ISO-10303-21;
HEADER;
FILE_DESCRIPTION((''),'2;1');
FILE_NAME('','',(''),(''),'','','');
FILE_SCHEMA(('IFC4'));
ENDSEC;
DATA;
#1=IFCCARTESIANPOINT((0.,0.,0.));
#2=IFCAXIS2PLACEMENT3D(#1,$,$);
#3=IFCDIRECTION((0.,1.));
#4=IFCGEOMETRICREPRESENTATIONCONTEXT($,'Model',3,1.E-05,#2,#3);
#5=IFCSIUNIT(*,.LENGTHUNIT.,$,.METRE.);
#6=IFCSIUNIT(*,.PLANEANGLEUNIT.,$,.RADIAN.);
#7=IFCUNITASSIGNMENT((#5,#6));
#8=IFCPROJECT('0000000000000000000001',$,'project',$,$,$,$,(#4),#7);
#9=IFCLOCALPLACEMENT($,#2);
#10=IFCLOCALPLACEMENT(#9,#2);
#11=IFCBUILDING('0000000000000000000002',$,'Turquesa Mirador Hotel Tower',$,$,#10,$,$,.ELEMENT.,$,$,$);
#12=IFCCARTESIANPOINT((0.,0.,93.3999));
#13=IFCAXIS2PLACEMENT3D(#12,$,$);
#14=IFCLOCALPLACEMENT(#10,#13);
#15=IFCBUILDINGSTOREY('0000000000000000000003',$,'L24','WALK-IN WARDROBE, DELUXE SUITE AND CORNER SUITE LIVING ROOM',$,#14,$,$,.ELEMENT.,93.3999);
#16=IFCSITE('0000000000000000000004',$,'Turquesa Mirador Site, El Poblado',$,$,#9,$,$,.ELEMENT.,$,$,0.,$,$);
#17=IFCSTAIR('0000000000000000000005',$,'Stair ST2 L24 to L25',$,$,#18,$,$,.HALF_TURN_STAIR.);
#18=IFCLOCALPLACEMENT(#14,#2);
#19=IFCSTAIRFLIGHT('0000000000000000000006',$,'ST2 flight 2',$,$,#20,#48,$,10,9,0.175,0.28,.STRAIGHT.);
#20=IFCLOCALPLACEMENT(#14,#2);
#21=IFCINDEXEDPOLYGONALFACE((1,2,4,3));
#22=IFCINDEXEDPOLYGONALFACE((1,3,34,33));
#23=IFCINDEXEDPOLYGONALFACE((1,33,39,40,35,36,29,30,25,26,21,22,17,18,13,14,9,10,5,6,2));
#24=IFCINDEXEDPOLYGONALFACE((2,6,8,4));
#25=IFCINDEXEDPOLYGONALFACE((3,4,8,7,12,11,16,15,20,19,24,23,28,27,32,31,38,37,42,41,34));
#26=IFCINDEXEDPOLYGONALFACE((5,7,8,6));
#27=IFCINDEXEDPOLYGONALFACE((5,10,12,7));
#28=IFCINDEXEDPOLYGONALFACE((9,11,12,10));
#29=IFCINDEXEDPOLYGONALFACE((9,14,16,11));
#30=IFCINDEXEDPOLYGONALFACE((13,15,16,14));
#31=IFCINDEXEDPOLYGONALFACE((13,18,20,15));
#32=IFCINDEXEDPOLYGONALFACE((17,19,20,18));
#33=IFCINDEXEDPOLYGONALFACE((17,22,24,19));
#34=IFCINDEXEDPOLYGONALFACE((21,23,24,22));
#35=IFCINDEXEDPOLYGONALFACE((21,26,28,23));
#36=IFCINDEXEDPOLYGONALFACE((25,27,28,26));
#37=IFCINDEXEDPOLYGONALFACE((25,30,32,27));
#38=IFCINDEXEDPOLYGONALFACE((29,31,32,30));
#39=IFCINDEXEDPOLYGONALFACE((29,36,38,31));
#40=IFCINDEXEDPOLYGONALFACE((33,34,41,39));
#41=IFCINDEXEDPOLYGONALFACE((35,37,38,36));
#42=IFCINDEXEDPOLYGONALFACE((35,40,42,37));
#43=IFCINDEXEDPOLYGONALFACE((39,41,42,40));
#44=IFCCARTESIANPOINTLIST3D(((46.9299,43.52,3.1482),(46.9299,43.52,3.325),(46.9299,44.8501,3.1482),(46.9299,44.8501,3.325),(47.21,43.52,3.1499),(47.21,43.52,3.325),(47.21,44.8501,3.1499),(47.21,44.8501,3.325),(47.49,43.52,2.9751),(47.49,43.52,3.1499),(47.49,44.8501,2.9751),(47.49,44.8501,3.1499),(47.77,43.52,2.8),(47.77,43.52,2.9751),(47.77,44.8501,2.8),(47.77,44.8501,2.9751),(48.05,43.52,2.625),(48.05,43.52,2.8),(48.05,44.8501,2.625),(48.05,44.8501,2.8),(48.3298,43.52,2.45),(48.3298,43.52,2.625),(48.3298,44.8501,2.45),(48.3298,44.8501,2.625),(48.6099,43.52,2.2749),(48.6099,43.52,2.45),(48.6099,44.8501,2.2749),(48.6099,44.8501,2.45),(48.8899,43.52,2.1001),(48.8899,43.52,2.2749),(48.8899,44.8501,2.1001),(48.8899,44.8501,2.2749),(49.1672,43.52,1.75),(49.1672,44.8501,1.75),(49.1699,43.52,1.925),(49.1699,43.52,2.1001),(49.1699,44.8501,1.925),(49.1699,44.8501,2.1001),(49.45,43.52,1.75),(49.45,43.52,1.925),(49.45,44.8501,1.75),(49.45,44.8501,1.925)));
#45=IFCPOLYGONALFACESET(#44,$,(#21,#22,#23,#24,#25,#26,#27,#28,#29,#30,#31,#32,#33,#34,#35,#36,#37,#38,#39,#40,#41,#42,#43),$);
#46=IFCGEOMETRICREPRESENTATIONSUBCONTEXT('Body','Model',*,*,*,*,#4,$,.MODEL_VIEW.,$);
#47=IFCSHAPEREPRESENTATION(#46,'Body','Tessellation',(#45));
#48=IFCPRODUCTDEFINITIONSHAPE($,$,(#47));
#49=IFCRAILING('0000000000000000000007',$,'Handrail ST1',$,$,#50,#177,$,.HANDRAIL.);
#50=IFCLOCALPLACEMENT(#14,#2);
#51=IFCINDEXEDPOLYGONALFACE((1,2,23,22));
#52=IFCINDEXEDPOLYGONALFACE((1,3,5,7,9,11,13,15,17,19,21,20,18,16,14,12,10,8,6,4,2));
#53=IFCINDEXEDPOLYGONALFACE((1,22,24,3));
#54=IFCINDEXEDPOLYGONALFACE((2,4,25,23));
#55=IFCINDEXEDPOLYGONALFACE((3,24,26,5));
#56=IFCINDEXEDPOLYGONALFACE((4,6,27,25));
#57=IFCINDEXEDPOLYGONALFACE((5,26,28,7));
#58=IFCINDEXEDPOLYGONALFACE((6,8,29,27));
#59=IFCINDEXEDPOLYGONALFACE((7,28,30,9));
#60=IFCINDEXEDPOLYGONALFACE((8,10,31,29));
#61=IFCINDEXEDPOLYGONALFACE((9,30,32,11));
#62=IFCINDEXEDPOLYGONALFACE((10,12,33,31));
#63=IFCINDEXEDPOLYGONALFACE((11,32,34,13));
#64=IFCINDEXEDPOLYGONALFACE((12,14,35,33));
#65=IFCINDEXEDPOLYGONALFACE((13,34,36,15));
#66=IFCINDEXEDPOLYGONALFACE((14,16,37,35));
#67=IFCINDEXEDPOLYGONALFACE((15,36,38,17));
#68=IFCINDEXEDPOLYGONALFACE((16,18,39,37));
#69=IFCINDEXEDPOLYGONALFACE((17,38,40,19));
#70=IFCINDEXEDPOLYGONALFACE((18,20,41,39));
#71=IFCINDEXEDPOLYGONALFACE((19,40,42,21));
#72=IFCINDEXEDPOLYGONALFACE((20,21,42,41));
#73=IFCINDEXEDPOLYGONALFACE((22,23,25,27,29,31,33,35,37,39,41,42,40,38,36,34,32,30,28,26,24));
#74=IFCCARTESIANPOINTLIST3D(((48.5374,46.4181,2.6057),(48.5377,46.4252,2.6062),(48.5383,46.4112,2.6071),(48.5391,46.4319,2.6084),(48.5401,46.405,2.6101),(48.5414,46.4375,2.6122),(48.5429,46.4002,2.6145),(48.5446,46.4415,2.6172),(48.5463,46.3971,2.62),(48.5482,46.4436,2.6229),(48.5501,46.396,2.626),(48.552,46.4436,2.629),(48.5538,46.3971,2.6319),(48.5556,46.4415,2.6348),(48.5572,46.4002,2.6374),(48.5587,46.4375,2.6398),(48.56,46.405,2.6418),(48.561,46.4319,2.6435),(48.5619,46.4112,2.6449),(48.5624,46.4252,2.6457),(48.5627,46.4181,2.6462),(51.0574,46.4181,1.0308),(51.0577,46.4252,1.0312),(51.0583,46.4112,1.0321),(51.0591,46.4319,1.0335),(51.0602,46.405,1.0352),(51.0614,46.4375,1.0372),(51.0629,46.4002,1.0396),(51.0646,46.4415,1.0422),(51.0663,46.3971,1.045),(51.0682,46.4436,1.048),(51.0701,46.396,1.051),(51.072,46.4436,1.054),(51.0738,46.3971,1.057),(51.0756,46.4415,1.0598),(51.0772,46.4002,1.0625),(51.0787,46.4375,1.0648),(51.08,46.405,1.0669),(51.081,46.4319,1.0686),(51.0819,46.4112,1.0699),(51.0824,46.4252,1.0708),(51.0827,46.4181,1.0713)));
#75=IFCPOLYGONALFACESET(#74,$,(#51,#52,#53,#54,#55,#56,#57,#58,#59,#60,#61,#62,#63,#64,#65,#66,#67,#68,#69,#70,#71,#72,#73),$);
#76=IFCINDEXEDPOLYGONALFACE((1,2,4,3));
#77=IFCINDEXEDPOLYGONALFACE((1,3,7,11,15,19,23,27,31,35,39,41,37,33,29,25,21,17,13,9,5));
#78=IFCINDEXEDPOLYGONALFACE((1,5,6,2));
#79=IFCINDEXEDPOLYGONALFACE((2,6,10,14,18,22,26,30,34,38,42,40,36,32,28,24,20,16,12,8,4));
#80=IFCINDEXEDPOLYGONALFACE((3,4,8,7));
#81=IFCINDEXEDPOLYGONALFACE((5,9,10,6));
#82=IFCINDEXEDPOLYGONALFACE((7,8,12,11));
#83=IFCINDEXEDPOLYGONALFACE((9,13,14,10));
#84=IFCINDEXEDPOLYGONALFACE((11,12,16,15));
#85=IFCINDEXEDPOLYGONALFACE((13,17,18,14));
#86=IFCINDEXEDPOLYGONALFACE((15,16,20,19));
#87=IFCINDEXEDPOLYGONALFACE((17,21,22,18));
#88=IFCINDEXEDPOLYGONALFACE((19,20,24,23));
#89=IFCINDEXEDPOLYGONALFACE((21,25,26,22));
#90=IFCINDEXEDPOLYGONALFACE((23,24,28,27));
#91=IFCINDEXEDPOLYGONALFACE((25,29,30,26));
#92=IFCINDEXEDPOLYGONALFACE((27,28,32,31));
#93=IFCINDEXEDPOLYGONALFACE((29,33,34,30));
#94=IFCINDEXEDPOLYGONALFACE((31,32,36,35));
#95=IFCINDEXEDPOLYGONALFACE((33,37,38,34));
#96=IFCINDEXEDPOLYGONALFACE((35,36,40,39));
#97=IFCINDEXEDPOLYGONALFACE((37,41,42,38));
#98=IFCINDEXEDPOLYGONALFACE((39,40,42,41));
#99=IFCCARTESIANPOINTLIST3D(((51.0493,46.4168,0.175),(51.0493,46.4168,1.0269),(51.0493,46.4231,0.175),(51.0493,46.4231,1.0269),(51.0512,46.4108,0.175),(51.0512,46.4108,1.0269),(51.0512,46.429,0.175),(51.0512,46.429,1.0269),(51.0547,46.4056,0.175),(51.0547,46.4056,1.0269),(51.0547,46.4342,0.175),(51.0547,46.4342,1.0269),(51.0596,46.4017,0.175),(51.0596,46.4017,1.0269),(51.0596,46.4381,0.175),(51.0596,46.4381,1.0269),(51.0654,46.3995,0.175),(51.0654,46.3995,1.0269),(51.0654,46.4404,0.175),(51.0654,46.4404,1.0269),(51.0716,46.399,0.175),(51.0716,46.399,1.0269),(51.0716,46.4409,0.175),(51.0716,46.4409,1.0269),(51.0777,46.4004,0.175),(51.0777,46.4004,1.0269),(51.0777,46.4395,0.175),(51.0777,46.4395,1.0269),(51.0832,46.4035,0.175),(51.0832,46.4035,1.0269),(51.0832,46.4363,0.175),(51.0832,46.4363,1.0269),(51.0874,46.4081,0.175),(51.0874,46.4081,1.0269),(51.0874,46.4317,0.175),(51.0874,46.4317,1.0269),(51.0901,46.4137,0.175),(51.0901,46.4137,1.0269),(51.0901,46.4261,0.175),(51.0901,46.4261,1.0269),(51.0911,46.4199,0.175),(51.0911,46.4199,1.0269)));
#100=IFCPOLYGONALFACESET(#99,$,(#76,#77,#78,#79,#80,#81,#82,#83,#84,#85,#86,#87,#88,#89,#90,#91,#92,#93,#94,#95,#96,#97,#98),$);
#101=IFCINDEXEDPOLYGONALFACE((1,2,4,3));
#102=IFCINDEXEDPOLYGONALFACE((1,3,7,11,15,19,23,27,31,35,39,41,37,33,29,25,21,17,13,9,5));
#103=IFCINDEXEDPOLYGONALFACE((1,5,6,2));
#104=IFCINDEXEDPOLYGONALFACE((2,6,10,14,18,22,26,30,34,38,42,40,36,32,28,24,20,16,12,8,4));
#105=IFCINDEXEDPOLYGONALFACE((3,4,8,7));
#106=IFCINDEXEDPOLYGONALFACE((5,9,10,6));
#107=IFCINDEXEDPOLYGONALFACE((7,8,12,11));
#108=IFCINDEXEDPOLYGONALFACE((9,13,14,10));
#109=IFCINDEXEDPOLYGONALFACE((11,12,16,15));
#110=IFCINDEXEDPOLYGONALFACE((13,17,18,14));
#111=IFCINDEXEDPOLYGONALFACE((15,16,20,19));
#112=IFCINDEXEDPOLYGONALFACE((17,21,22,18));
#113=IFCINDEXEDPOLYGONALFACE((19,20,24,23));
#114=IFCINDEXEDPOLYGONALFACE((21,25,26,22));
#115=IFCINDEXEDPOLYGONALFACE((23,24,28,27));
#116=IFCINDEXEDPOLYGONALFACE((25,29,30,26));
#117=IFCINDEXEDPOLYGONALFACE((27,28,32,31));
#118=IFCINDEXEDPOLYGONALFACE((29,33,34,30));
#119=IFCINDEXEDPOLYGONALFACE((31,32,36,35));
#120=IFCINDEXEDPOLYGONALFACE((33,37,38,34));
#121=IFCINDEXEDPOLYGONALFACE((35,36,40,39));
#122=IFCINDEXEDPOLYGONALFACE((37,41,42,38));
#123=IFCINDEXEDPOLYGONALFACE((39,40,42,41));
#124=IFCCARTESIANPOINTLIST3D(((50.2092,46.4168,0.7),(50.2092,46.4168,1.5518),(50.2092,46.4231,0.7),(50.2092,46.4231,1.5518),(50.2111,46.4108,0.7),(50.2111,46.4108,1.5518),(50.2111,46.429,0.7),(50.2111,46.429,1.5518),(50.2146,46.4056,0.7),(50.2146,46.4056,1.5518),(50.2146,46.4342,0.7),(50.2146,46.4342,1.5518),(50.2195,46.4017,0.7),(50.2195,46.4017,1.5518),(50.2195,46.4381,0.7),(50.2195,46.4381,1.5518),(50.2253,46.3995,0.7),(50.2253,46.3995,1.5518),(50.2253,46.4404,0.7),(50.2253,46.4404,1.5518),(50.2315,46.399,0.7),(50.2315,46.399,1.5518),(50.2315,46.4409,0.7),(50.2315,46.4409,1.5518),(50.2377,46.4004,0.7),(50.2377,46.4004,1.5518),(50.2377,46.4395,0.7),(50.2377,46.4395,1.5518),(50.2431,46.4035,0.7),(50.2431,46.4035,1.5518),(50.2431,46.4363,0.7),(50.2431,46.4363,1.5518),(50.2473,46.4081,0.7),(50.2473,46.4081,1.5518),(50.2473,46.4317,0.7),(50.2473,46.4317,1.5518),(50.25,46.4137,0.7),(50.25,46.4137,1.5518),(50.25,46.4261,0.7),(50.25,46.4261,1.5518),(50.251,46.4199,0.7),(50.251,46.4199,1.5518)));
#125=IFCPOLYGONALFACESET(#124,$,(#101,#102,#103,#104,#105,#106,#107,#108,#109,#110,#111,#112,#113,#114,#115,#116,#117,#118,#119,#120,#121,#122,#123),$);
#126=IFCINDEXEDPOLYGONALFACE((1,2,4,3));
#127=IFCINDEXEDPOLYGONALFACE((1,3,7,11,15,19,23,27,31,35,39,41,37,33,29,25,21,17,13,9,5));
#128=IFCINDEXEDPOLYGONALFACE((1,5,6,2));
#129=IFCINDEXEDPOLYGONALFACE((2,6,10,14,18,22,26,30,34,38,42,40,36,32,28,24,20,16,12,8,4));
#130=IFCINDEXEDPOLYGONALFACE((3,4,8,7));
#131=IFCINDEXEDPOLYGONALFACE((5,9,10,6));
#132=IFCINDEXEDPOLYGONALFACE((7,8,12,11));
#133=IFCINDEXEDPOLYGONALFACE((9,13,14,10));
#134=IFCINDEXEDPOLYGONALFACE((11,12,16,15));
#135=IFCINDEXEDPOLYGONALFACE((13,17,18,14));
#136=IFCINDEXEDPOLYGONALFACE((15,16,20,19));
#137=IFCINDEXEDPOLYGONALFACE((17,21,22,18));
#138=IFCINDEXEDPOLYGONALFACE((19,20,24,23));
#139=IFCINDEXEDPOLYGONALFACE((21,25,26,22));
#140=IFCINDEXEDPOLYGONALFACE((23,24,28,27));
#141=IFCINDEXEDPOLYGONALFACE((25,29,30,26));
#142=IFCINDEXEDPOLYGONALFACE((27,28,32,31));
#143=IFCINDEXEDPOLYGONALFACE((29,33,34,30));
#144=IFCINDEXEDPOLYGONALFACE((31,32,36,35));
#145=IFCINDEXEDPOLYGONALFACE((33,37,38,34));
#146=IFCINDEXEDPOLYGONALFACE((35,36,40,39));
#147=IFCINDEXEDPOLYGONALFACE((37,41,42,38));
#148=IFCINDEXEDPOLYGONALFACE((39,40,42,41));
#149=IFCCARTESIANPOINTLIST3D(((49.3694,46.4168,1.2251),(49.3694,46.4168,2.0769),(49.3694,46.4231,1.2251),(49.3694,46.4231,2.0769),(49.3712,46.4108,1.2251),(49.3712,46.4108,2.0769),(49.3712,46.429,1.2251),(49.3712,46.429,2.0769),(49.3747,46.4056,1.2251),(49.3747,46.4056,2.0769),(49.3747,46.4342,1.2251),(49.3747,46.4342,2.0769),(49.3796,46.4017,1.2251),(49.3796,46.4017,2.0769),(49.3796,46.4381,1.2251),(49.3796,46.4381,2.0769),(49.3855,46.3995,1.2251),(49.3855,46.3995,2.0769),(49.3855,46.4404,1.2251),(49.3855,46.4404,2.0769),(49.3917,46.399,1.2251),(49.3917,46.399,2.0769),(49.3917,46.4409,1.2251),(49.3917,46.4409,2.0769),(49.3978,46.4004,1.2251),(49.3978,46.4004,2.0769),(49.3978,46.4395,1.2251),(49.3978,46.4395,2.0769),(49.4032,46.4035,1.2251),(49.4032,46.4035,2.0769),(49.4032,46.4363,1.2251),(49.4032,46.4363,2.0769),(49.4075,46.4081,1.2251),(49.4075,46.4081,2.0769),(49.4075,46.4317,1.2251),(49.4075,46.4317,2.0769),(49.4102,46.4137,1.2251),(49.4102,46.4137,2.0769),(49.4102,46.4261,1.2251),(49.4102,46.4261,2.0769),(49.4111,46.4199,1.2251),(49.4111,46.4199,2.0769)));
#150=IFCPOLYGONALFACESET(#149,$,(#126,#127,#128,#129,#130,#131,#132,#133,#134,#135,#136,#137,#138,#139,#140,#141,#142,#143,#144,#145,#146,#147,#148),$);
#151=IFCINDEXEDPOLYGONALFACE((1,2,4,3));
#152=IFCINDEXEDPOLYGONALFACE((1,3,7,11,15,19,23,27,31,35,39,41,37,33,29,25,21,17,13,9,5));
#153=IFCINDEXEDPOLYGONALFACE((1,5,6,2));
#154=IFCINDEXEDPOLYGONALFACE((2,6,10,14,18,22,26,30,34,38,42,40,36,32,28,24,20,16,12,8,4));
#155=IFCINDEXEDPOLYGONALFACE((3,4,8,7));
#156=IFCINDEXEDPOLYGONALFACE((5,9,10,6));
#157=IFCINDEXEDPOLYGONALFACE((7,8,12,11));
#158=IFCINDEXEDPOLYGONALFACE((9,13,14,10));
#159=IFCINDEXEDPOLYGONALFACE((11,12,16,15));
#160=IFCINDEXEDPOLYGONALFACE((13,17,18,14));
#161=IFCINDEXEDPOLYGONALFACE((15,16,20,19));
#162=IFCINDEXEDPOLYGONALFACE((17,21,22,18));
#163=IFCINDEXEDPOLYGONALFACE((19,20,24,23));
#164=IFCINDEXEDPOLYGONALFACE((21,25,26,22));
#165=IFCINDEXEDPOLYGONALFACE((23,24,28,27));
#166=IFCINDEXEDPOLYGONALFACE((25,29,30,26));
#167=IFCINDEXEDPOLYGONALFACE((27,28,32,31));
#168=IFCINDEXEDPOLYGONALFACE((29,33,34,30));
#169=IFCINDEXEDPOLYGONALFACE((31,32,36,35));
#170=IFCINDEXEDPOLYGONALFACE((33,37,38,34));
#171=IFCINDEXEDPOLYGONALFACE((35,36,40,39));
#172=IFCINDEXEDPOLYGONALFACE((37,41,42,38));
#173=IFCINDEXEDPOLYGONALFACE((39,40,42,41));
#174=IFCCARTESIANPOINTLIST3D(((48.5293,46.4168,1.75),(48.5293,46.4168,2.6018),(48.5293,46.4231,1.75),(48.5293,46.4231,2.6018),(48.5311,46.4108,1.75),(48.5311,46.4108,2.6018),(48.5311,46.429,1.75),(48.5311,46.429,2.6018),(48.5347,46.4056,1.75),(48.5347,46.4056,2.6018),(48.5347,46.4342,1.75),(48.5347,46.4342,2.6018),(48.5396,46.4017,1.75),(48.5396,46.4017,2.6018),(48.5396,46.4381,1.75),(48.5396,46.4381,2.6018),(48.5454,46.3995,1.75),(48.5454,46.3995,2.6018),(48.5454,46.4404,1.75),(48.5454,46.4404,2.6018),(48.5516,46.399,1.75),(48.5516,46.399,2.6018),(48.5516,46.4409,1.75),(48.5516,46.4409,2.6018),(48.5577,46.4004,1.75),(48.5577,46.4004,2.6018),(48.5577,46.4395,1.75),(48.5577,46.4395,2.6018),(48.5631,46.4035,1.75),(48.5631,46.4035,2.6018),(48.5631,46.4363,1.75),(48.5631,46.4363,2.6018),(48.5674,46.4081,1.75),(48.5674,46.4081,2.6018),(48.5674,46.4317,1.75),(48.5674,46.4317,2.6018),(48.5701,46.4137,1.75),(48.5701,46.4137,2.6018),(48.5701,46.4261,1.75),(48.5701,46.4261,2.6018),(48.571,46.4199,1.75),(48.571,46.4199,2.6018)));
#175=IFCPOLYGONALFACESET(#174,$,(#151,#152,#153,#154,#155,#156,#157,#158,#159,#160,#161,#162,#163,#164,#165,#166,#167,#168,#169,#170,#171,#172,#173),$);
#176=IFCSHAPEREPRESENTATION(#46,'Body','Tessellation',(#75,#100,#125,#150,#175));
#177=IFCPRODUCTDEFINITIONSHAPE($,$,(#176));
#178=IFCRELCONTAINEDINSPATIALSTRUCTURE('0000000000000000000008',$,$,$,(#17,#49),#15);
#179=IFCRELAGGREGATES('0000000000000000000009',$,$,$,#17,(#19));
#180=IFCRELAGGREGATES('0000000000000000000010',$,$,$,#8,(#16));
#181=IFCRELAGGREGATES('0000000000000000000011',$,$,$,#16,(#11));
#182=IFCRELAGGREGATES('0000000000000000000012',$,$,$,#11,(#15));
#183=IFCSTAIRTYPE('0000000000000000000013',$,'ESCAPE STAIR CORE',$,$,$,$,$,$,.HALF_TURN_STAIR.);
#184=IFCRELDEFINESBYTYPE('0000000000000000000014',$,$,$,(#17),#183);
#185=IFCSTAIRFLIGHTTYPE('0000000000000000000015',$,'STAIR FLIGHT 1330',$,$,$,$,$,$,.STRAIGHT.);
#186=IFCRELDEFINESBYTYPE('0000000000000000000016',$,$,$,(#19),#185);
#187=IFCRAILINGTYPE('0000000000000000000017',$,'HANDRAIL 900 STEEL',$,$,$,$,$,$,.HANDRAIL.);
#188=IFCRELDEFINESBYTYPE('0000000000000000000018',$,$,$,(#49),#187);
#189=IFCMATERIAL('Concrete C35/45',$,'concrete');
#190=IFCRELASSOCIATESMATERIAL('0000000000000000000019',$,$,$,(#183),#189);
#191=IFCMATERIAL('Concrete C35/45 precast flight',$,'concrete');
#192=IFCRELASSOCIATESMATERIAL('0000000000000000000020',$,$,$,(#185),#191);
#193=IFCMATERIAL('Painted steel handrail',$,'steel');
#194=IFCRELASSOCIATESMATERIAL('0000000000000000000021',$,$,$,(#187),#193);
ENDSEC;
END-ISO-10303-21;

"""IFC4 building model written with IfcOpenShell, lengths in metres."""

from ifc_helpers import new_model, si_unit, direction, frame, origin, origin_2d, place, context, subcontext, project, spatial, polyline, circle, outline, extrude, material, type_object, element, aggregate, save


model = new_model("IFC4")

# Units and contexts
model_context = context("Model", 3, precision=1e-05, world=origin(), true_north=direction((0.0, 1.0)))
body_context = subcontext(model_context, "Body", "Model", "MODEL_VIEW")
ifc_project = project(units=[si_unit("LENGTHUNIT", "METRE"), si_unit("PLANEANGLEUNIT", "RADIAN")], contexts=[model_context])

# Site, building, storey
site_placement = place(None, origin())
site = spatial("IfcSite", under=ifc_project, at=site_placement, Name="Turquesa Mirador Site, El Poblado", CompositionType="ELEMENT", RefElevation=0.0)
building_placement = place(site_placement, origin())
building = spatial("IfcBuilding", under=site, at=building_placement, Name="Turquesa Mirador Hotel Tower", CompositionType="ELEMENT")
storey_placement = place(building_placement, frame((0.0, 0.0, 93.3999)))
storey = spatial("IfcBuildingStorey", under=building, at=storey_placement, Name="L24", Description="WALK-IN WARDROBE, DELUXE SUITE AND CORNER SUITE LIVING ROOM", CompositionType="ELEMENT", Elevation=93.3999)

# Shared definitions
ifc_material_1 = material(Name="Concrete C35/45", Category="concrete")
stair_type = type_object("IfcStairType", Name="ESCAPE STAIR CORE", PredefinedType="HALF_TURN_STAIR", material=ifc_material_1)
ifc_material_2 = material(Name="Concrete C35/45 precast flight", Category="concrete")
stair_flight_type = type_object("IfcStairFlightType", Name="STAIR FLIGHT 1330", PredefinedType="STRAIGHT", material=ifc_material_2)

# Stair, stair flight
stair_1_placement = place(storey_placement, origin())
stair_1 = element("IfcStair", 1, at=stair_1_placement, inside=storey, type_object=stair_type, Name="Stair ST2 L24 to L25", PredefinedType="HALF_TURN_STAIR")
stair_flight_1_placement = place(storey_placement, frame((49.45, 44.1851, 1.75), z_axis=(0.0, 0.0, 1.0), x_axis=(-1.0, 0.0, 0.0)))
stair_flight_1 = element("IfcStairFlight", 2, at=stair_flight_1_placement, type_object=stair_flight_type, Name="ST2 flight 2", NumberOfRisers=10, NumberOfTreads=9, PredefinedType="STRAIGHT", RiserHeight=0.175, TreadLength=0.28, context=body_context, shape_type="SweptSolid", body=[
    extrude(outline(polyline([(0.0, 0.0), (0.0, 0.175), (0.28, 0.175), (0.28, 0.3501), (0.5601, 0.3501), (0.5601, 0.5249), (0.8401, 0.5249), (0.8401, 0.7), (1.1201, 0.7), (1.1201, 0.875), (1.3999, 0.875), (1.3999, 1.05), (1.6799, 1.05), (1.6799, 1.2251), (1.96, 1.2251), (1.96, 1.3999), (2.24, 1.3999), (2.24, 1.575), (2.52, 1.575), (2.52, 1.75), (2.52, 1.3982), (0.2827, 0.0), (0.0, 0.0)])), frame((0.0, 0.665, 0.0), z_axis=(0.0, -1.0, 0.0), x_axis=(1.0, 0.0, 0.0)), (0.0, 0.0, 1.0), 1.3301),
])
aggregate(stair_1, [stair_flight_1])

# Railing
ifc_material_3 = material(Name="Painted steel handrail", Category="steel")
railing_type = type_object("IfcRailingType", Name="HANDRAIL 900 STEEL", PredefinedType="HANDRAIL", material=ifc_material_3)
railing_1_placement = place(storey_placement, frame((51.0701, 46.4199, 0.175)))
element("IfcRailing", 3, at=railing_1_placement, inside=storey, type_object=railing_type, Name="Handrail ST1", PredefinedType="HANDRAIL", context=body_context, shape_type="SweptSolid", body=[
    extrude(circle(Radius=0.0239, at=origin_2d()), frame((0.0, 0.0, 0.876), z_axis=(-0.848008, 0.0, 0.529984), x_axis=(0.0, -1.0, 0.0)), (0.0, 0.0, 1.0), 2.9717),
    extrude(circle(Radius=0.021, at=origin_2d()), origin(), (0.0, 0.0, 1.0), 0.8518),
    extrude(circle(Radius=0.021, at=origin_2d()), frame((-0.8401, 0.0, 0.5249)), (0.0, 0.0, 1.0), 0.8518),
    extrude(circle(Radius=0.021, at=origin_2d()), frame((-1.6799, 0.0, 1.05)), (0.0, 0.0, 1.0), 0.8518),
    extrude(circle(Radius=0.021, at=origin_2d()), frame((-2.52, 0.0, 1.575)), (0.0, 0.0, 1.0), 0.8518),
])

save(model, "model.ifc")
